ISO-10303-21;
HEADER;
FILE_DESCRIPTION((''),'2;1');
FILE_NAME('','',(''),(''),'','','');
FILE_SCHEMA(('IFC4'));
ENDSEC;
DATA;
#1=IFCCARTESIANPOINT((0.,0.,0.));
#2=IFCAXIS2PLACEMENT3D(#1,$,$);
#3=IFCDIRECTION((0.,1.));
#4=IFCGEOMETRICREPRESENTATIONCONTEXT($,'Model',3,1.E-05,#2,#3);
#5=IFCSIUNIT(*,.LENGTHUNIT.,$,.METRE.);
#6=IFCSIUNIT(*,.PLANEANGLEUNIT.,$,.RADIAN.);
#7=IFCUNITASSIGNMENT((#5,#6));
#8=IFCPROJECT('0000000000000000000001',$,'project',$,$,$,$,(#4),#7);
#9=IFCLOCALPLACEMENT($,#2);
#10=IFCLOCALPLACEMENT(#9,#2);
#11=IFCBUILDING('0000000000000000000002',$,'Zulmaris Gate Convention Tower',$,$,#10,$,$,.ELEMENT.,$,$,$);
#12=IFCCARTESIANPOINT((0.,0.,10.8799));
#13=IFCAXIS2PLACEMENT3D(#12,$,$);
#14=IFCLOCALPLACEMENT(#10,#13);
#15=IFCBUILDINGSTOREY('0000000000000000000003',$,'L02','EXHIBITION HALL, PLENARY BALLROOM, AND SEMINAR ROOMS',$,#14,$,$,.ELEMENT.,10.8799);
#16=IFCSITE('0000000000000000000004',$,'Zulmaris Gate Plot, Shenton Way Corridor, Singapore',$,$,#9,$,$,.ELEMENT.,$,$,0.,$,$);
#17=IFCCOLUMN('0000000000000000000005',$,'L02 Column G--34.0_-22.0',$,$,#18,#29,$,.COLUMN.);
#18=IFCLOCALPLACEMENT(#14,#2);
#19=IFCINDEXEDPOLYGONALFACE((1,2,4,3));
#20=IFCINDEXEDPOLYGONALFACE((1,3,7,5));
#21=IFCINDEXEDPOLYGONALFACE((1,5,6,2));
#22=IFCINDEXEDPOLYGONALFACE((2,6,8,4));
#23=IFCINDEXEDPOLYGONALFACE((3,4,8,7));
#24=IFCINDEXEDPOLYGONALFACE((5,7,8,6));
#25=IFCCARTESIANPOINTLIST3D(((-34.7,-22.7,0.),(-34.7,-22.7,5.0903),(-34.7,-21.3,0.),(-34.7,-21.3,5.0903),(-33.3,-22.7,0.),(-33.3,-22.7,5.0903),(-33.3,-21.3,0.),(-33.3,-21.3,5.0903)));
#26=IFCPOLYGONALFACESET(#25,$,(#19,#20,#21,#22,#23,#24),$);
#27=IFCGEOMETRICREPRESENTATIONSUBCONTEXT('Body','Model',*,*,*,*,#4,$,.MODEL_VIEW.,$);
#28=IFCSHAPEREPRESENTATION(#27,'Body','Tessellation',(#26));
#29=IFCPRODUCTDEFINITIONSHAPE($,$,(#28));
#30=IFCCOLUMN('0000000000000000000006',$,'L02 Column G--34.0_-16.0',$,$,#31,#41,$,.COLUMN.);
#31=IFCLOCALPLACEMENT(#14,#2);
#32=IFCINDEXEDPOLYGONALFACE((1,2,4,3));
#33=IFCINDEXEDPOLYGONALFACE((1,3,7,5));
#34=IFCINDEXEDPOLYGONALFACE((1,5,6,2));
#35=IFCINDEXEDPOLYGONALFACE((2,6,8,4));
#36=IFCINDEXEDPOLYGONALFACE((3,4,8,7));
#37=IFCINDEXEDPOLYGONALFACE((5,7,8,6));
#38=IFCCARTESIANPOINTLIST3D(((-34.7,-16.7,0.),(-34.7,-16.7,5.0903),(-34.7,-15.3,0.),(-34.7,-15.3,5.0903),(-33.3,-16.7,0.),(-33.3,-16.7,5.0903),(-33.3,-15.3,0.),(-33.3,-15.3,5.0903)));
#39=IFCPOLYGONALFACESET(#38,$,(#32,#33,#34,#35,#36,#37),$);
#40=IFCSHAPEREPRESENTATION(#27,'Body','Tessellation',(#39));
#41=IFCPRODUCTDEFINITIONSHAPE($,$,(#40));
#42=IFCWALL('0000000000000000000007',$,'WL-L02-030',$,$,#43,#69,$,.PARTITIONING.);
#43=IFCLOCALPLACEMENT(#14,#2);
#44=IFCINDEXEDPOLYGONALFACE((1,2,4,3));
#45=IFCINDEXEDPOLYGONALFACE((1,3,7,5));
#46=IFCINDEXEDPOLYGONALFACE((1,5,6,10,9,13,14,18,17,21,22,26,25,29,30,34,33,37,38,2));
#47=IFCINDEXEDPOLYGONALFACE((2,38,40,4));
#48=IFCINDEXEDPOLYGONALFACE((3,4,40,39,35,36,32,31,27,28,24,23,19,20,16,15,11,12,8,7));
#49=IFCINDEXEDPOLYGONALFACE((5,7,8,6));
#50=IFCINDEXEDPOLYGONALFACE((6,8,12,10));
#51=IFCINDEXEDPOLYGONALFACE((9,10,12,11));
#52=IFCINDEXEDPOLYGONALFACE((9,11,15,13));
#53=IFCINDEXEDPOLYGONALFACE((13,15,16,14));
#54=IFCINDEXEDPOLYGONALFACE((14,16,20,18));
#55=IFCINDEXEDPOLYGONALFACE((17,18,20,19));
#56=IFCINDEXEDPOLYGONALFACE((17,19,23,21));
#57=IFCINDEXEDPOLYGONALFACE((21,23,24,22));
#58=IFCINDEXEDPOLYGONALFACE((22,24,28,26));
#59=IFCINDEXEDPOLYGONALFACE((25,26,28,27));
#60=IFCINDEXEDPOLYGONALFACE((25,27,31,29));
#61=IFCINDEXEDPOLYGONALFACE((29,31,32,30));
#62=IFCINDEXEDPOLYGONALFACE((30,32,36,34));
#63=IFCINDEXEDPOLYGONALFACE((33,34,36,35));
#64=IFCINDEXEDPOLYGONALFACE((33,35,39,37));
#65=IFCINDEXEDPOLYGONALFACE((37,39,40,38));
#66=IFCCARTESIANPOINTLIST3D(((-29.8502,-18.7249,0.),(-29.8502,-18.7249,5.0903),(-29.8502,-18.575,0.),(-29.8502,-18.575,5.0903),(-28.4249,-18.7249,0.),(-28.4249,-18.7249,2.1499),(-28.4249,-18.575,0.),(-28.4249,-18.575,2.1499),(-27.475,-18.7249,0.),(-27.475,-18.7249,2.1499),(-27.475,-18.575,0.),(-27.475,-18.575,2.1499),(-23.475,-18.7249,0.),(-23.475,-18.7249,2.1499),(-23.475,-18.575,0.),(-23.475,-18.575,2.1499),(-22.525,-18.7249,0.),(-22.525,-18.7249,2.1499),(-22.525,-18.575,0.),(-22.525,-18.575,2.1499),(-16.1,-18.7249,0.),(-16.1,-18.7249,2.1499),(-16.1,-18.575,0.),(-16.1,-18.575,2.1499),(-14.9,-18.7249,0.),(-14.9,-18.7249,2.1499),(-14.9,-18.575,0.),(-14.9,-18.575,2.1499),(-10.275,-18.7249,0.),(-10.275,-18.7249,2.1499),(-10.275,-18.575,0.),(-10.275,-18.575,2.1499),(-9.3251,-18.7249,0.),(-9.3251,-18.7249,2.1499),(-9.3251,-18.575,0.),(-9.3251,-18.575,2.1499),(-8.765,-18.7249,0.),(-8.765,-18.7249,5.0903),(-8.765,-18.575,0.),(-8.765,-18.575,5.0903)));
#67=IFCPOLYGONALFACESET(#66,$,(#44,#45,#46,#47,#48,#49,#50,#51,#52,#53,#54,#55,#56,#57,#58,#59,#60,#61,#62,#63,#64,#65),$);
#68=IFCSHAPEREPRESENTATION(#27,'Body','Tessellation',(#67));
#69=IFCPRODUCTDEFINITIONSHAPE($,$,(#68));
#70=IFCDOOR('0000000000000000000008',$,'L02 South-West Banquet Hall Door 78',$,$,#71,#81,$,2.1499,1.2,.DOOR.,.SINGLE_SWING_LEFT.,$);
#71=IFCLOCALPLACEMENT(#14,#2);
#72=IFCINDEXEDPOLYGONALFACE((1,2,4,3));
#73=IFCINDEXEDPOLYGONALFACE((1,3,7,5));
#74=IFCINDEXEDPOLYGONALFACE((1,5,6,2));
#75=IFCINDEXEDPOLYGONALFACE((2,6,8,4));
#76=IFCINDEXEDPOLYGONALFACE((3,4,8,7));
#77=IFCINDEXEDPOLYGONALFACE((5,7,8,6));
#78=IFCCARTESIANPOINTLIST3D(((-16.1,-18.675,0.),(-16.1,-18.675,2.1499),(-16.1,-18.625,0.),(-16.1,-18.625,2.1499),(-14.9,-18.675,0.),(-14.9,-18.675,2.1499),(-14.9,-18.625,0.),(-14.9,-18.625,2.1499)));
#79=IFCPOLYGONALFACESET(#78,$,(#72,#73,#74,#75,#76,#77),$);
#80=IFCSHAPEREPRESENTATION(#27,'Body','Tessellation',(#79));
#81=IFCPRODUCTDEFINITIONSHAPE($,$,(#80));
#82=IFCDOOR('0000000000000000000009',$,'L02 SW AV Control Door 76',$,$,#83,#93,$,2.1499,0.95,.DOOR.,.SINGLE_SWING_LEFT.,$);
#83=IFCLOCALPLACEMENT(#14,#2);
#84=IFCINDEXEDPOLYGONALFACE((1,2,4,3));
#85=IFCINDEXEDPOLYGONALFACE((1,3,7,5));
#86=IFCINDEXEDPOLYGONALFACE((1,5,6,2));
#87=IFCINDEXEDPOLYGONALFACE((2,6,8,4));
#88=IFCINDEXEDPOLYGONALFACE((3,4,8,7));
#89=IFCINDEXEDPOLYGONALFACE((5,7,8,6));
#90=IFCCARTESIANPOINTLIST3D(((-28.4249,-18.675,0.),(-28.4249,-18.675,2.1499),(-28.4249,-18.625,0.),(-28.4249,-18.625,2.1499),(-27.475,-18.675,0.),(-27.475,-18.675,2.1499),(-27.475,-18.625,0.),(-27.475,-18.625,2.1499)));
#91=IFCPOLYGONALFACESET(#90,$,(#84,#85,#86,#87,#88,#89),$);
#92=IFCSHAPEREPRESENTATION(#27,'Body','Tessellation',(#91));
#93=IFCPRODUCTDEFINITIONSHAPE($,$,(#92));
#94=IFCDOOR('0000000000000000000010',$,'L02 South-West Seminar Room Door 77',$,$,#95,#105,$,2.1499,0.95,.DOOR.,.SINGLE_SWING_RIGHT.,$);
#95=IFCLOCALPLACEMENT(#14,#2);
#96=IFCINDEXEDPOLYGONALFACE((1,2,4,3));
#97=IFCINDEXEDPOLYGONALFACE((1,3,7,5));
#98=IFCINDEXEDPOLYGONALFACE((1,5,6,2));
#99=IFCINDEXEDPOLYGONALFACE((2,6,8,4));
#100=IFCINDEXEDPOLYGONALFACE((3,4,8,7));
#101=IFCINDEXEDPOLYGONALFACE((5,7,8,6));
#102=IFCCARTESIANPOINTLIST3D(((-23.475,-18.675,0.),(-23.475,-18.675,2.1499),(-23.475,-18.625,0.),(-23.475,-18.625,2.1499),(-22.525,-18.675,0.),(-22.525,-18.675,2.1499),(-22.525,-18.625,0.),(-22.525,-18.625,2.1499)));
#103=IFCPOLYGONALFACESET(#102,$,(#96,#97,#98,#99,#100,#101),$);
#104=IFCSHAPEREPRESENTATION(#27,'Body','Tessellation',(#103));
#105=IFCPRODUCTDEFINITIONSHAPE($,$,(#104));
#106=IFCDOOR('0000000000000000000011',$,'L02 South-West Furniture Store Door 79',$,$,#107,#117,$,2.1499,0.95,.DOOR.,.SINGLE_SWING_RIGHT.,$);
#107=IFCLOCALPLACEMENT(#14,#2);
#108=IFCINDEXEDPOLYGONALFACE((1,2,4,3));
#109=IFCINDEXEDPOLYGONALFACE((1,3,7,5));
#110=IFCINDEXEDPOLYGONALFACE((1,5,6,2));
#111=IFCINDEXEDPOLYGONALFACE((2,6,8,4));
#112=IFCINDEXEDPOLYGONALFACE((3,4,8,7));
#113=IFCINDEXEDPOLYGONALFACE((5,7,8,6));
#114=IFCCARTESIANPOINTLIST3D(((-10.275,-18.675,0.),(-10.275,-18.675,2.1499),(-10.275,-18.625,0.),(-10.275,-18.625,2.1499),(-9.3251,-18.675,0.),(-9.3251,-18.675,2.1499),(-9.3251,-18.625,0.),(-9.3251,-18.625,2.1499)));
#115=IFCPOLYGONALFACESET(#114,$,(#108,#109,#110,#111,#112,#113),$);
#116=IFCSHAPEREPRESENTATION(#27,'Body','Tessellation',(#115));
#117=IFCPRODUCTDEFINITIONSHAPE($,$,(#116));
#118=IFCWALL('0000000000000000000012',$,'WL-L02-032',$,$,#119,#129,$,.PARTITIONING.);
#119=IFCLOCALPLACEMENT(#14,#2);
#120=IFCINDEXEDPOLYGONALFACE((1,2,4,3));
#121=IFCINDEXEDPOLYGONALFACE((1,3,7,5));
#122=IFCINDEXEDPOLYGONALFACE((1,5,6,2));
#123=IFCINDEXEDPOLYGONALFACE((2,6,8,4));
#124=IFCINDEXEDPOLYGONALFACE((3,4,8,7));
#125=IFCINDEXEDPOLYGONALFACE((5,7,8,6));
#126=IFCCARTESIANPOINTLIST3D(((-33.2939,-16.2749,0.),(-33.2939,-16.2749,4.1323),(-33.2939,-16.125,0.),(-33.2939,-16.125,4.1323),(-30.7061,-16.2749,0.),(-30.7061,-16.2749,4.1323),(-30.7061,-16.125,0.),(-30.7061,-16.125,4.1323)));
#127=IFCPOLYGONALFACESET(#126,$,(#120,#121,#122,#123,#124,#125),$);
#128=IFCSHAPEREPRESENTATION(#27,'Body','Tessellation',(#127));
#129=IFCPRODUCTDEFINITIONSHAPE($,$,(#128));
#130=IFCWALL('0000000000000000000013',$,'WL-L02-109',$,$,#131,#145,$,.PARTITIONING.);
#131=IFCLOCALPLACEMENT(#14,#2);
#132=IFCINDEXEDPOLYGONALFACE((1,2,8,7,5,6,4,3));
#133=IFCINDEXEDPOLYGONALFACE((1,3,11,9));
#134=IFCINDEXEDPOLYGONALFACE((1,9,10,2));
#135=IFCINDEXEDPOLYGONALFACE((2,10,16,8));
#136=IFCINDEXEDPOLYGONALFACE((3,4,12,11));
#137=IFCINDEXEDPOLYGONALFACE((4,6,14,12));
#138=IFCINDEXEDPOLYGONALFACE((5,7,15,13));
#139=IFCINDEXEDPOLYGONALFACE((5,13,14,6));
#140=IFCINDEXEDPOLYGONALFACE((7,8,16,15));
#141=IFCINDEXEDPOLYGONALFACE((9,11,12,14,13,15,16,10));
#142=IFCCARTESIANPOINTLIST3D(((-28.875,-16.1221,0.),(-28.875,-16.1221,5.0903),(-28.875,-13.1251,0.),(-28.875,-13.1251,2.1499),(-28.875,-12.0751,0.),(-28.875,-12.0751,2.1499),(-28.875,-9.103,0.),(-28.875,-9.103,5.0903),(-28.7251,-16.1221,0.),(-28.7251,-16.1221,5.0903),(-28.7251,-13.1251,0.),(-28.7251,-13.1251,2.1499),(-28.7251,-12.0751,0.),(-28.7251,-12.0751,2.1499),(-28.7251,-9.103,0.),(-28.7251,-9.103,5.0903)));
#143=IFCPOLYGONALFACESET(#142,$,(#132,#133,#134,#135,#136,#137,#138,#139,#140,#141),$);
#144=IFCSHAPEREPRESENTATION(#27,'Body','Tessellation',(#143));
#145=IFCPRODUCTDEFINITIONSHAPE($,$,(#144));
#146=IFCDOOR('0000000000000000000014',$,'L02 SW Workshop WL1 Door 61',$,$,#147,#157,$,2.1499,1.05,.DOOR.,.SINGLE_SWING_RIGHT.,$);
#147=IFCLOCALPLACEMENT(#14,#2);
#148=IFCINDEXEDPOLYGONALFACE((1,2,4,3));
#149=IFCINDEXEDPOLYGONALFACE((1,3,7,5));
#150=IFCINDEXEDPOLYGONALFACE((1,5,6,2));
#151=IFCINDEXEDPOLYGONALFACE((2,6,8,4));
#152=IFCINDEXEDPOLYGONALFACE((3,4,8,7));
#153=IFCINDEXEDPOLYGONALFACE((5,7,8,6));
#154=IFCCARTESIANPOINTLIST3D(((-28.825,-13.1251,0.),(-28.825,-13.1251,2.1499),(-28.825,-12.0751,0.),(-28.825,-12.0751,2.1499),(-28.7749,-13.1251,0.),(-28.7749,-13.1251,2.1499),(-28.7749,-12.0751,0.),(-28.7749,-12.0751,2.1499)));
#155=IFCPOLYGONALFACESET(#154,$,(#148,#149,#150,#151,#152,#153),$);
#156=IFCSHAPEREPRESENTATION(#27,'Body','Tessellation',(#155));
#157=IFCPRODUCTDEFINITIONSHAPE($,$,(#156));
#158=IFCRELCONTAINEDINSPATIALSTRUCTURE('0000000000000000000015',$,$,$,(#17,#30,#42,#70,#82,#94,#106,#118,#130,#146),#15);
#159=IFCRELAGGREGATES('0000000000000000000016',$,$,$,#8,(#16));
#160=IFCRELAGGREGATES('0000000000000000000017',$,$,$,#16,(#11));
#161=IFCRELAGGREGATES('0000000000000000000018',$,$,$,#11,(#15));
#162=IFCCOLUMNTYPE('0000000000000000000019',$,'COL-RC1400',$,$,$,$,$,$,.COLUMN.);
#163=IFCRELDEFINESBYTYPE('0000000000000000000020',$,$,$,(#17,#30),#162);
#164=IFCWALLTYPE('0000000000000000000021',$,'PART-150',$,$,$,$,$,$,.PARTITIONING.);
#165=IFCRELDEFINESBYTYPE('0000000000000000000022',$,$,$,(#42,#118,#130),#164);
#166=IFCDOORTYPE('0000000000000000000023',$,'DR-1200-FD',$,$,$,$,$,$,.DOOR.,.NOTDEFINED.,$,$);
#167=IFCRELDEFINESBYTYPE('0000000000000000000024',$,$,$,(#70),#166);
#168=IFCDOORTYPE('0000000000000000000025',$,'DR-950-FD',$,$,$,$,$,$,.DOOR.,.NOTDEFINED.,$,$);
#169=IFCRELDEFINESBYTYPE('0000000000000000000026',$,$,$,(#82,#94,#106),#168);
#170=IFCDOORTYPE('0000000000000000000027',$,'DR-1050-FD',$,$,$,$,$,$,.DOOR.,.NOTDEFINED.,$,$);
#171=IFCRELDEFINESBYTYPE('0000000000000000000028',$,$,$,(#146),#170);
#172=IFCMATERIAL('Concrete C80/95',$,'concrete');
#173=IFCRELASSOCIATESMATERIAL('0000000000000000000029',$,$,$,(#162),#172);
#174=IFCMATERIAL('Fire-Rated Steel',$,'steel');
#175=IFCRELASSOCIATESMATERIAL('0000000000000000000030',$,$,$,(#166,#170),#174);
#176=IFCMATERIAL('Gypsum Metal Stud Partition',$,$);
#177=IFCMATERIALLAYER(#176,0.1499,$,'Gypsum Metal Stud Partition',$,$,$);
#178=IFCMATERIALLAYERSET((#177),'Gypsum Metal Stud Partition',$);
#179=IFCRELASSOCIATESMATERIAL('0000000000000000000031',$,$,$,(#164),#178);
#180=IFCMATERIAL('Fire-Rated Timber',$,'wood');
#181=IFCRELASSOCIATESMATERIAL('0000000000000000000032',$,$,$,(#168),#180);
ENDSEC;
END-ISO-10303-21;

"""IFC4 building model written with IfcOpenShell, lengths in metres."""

from ifc_helpers import new_model, si_unit, direction, frame, frame_2d, origin, origin_2d, place, context, subcontext, project, spatial, rectangle, extrude, material, layer, layer_set, material_profile, profile_set, type_object, element, fill, save


model = new_model("IFC4")

# Units and contexts
model_context = context("Model", 3, precision=1e-05, world=origin(), true_north=direction((0.0, 1.0)))
body_context = subcontext(model_context, "Body", "Model", "MODEL_VIEW")
ifc_project = project(units=[si_unit("LENGTHUNIT", "METRE"), si_unit("PLANEANGLEUNIT", "RADIAN")], contexts=[model_context])

# Site, building, storey
site_placement = place(None, origin())
site = spatial("IfcSite", under=ifc_project, at=site_placement, Name="Zulmaris Gate Plot, Shenton Way Corridor, Singapore", CompositionType="ELEMENT", RefElevation=0.0)
building_placement = place(site_placement, origin())
building = spatial("IfcBuilding", under=site, at=building_placement, Name="Zulmaris Gate Convention Tower", CompositionType="ELEMENT")
storey_placement = place(building_placement, frame((0.0, 0.0, 10.8799)))
storey = spatial("IfcBuildingStorey", under=building, at=storey_placement, Name="L02", Description="EXHIBITION HALL, PLENARY BALLROOM, AND SEMINAR ROOMS", CompositionType="ELEMENT", Elevation=10.8799)

# Columns
ifc_material_1 = material(Name="Concrete C80/95", Category="concrete")
ifc_material_profile = material_profile(ifc_material_1, rectangle(XDim=1.3999, YDim=1.3999, at=origin_2d()), Name="RC COL 1400x1400")
ifc_profile_set = profile_set([ifc_material_profile], Name="Concrete C80/95")
column_type = type_object("IfcColumnType", Name="COL-RC1400", PredefinedType="COLUMN", material=ifc_profile_set)
for number, where, z_axis, x_axis, name in (
    (1, (-34.0, -22.0, 0.0), (0.0, 0.0, 1.0), (1.0, 0.0, 0.0), "L02 Column G--34.0_-22.0"),
    (2, (-34.0, -16.0, 0.0), (0.0, 0.0, 1.0), (1.0, 0.0, 0.0), "L02 Column G--34.0_-16.0"),
):
    element("IfcColumn", number, at=place(storey_placement, frame(where, z_axis=z_axis, x_axis=x_axis)), inside=storey, type_object=column_type, Name=name, PredefinedType="COLUMN", context=body_context, shape_type="SweptSolid", body=[
        extrude(rectangle(XDim=1.3999, YDim=1.3999, at=origin_2d()), origin(), (0.0, 0.0, 1.0), 5.0903),
    ])

# Shared definitions
ifc_material_2 = material(Name="Fire-Rated Steel", Category="steel")
door_type_1 = type_object("IfcDoorType", Name="DR-1200-FD", OperationType="NOTDEFINED", PredefinedType="DOOR", material=ifc_material_2)

# Wall, openings, doors
ifc_material_3 = material(Name="Gypsum Metal Stud Partition")
ifc_layer_1 = layer(ifc_material_3, 0.1499, Name="Gypsum Metal Stud Partition")
ifc_layer_set_1 = layer_set([ifc_layer_1], Name="Gypsum Metal Stud Partition")
wall_type_1 = type_object("IfcWallType", Name="PART-150", PredefinedType="PARTITIONING", material=ifc_layer_set_1)
wall_1_placement = place(storey_placement, frame((-29.8501, -18.6499, 0.0), z_axis=(0.0, 0.0, 1.0), x_axis=(1.0, 0.0, 0.0)))
wall_1 = element("IfcWall", 3, at=wall_1_placement, inside=storey, type_object=wall_type_1, Name="WL-L02-030", PredefinedType="PARTITIONING", context=body_context, shape_type="SweptSolid", body=[
    extrude(rectangle(XDim=21.0852, YDim=0.1499, at=frame_2d((10.5425, 0.0))), origin(), (0.0, 0.0, 1.0), 5.0903),
])
opening_1_placement = place(wall_1_placement, frame((1.425, 0.0, 0.0)))
opening_1 = element("IfcOpeningElement", 4, at=opening_1_placement, cuts=wall_1, PredefinedType="OPENING", context=body_context, shape_type="SweptSolid", body=[
    extrude(rectangle(XDim=0.95, YDim=2.1499, at=frame_2d((0.4751, 1.075))), frame((0.0, 0.085, 0.0), z_axis=(0.0, -1.0, 0.0), x_axis=(1.0, 0.0, 0.0)), (0.0, 0.0, 1.0), 0.1699),
])
opening_2_placement = place(wall_1_placement, frame((6.375, 0.0, 0.0)))
opening_2 = element("IfcOpeningElement", 5, at=opening_2_placement, cuts=wall_1, PredefinedType="OPENING", context=body_context, shape_type="SweptSolid", body=[
    extrude(rectangle(XDim=0.95, YDim=2.1499, at=frame_2d((0.4751, 1.075))), frame((0.0, 0.085, 0.0), z_axis=(0.0, -1.0, 0.0), x_axis=(1.0, 0.0, 0.0)), (0.0, 0.0, 1.0), 0.1699),
])
opening_3_placement = place(wall_1_placement, frame((13.75, 0.0, 0.0)))
opening_3 = element("IfcOpeningElement", 6, at=opening_3_placement, cuts=wall_1, PredefinedType="OPENING", context=body_context, shape_type="SweptSolid", body=[
    extrude(rectangle(XDim=1.2, YDim=2.1499, at=frame_2d((0.6001, 1.075))), frame((0.0, 0.085, 0.0), z_axis=(0.0, -1.0, 0.0), x_axis=(1.0, 0.0, 0.0)), (0.0, 0.0, 1.0), 0.1699),
])
opening_4_placement = place(wall_1_placement, frame((19.575, 0.0, 0.0)))
opening_4 = element("IfcOpeningElement", 7, at=opening_4_placement, cuts=wall_1, PredefinedType="OPENING", context=body_context, shape_type="SweptSolid", body=[
    extrude(rectangle(XDim=0.95, YDim=2.1499, at=frame_2d((0.4751, 1.075))), frame((0.0, 0.085, 0.0), z_axis=(0.0, -1.0, 0.0), x_axis=(1.0, 0.0, 0.0)), (0.0, 0.0, 1.0), 0.1699),
])
door_1_placement = place(opening_3_placement, origin())
door_1 = element("IfcDoor", 8, at=door_1_placement, inside=storey, type_object=door_type_1, Name="L02 South-West Banquet Hall Door 78", OperationType="SINGLE_SWING_LEFT", OverallHeight=2.1499, OverallWidth=1.2, PredefinedType="DOOR", context=body_context, shape_type="SweptSolid", body=[
    extrude(rectangle(XDim=1.2, YDim=2.1499, at=frame_2d((0.6001, 1.075))), frame((0.0, 0.0249, 0.0), z_axis=(0.0, -1.0, 0.0), x_axis=(1.0, 0.0, 0.0)), (0.0, 0.0, 1.0), 0.05),
])
fill(opening_3, door_1)
ifc_material_4 = material(Name="Fire-Rated Timber", Category="wood")
door_type_2 = type_object("IfcDoorType", Name="DR-950-FD", OperationType="NOTDEFINED", PredefinedType="DOOR", material=ifc_material_4)
door_2_placement = place(opening_1_placement, origin())
door_2 = element("IfcDoor", 9, at=door_2_placement, inside=storey, type_object=door_type_2, Name="L02 SW AV Control Door 76", OperationType="SINGLE_SWING_LEFT", OverallHeight=2.1499, OverallWidth=0.95, PredefinedType="DOOR", context=body_context, shape_type="SweptSolid", body=[
    extrude(rectangle(XDim=0.95, YDim=2.1499, at=frame_2d((0.4751, 1.075))), frame((0.0, 0.0249, 0.0), z_axis=(0.0, -1.0, 0.0), x_axis=(1.0, 0.0, 0.0)), (0.0, 0.0, 1.0), 0.05),
])
fill(opening_1, door_2)
door_3_placement = place(opening_2_placement, origin())
door_3 = element("IfcDoor", 10, at=door_3_placement, inside=storey, type_object=door_type_2, Name="L02 South-West Seminar Room Door 77", OperationType="SINGLE_SWING_RIGHT", OverallHeight=2.1499, OverallWidth=0.95, PredefinedType="DOOR", context=body_context, shape_type="SweptSolid", body=[
    extrude(rectangle(XDim=0.95, YDim=2.1499, at=frame_2d((0.4751, 1.075))), frame((0.0, 0.0249, 0.0), z_axis=(0.0, -1.0, 0.0), x_axis=(1.0, 0.0, 0.0)), (0.0, 0.0, 1.0), 0.05),
])
fill(opening_2, door_3)
door_4_placement = place(opening_4_placement, origin())
door_4 = element("IfcDoor", 11, at=door_4_placement, inside=storey, type_object=door_type_2, Name="L02 South-West Furniture Store Door 79", OperationType="SINGLE_SWING_RIGHT", OverallHeight=2.1499, OverallWidth=0.95, PredefinedType="DOOR", context=body_context, shape_type="SweptSolid", body=[
    extrude(rectangle(XDim=0.95, YDim=2.1499, at=frame_2d((0.4751, 1.075))), frame((0.0, 0.0249, 0.0), z_axis=(0.0, -1.0, 0.0), x_axis=(1.0, 0.0, 0.0)), (0.0, 0.0, 1.0), 0.05),
])
fill(opening_4, door_4)

# Wall
wall_2_placement = place(storey_placement, frame((-33.2939, -16.2, 0.0), z_axis=(0.0, 0.0, 1.0), x_axis=(1.0, 0.0, 0.0)))
element("IfcWall", 12, at=wall_2_placement, inside=storey, type_object=wall_type_1, Name="WL-L02-032", PredefinedType="PARTITIONING", context=body_context, shape_type="SweptSolid", body=[
    extrude(rectangle(XDim=2.5879, YDim=0.1499, at=frame_2d((1.2939, 0.0))), origin(), (0.0, 0.0, 1.0), 4.1323),
])

# Wall, opening, door
door_type_3 = type_object("IfcDoorType", Name="DR-1050-FD", OperationType="NOTDEFINED", PredefinedType="DOOR", material=ifc_material_2)
wall_3_placement = place(storey_placement, frame((-28.8, -16.1221, 0.0), z_axis=(0.0, 0.0, 1.0), x_axis=(0.0, 1.0, 0.0)))
wall_3 = element("IfcWall", 13, at=wall_3_placement, inside=storey, type_object=wall_type_1, Name="WL-L02-109", PredefinedType="PARTITIONING", context=body_context, shape_type="SweptSolid", body=[
    extrude(rectangle(XDim=7.019, YDim=0.1499, at=frame_2d((3.5095, 0.0))), origin(), (0.0, 0.0, 1.0), 5.0903),
])
opening_5_placement = place(wall_3_placement, frame((2.9971, 0.0, 0.0)))
opening_5 = element("IfcOpeningElement", 14, at=opening_5_placement, cuts=wall_3, PredefinedType="OPENING", context=body_context, shape_type="SweptSolid", body=[
    extrude(rectangle(XDim=1.05, YDim=2.1499, at=frame_2d((0.5249, 1.075))), frame((0.0, 0.085, 0.0), z_axis=(0.0, -1.0, 0.0), x_axis=(1.0, 0.0, 0.0)), (0.0, 0.0, 1.0), 0.1699),
])
door_5_placement = place(opening_5_placement, origin())
door_5 = element("IfcDoor", 15, at=door_5_placement, inside=storey, type_object=door_type_3, Name="L02 SW Workshop WL1 Door 61", OperationType="SINGLE_SWING_RIGHT", OverallHeight=2.1499, OverallWidth=1.05, PredefinedType="DOOR", context=body_context, shape_type="SweptSolid", body=[
    extrude(rectangle(XDim=1.05, YDim=2.1499, at=frame_2d((0.5249, 1.075))), frame((0.0, 0.0249, 0.0), z_axis=(0.0, -1.0, 0.0), x_axis=(1.0, 0.0, 0.0)), (0.0, 0.0, 1.0), 0.05),
])
fill(opening_5, door_5)

save(model, "model.ifc")
